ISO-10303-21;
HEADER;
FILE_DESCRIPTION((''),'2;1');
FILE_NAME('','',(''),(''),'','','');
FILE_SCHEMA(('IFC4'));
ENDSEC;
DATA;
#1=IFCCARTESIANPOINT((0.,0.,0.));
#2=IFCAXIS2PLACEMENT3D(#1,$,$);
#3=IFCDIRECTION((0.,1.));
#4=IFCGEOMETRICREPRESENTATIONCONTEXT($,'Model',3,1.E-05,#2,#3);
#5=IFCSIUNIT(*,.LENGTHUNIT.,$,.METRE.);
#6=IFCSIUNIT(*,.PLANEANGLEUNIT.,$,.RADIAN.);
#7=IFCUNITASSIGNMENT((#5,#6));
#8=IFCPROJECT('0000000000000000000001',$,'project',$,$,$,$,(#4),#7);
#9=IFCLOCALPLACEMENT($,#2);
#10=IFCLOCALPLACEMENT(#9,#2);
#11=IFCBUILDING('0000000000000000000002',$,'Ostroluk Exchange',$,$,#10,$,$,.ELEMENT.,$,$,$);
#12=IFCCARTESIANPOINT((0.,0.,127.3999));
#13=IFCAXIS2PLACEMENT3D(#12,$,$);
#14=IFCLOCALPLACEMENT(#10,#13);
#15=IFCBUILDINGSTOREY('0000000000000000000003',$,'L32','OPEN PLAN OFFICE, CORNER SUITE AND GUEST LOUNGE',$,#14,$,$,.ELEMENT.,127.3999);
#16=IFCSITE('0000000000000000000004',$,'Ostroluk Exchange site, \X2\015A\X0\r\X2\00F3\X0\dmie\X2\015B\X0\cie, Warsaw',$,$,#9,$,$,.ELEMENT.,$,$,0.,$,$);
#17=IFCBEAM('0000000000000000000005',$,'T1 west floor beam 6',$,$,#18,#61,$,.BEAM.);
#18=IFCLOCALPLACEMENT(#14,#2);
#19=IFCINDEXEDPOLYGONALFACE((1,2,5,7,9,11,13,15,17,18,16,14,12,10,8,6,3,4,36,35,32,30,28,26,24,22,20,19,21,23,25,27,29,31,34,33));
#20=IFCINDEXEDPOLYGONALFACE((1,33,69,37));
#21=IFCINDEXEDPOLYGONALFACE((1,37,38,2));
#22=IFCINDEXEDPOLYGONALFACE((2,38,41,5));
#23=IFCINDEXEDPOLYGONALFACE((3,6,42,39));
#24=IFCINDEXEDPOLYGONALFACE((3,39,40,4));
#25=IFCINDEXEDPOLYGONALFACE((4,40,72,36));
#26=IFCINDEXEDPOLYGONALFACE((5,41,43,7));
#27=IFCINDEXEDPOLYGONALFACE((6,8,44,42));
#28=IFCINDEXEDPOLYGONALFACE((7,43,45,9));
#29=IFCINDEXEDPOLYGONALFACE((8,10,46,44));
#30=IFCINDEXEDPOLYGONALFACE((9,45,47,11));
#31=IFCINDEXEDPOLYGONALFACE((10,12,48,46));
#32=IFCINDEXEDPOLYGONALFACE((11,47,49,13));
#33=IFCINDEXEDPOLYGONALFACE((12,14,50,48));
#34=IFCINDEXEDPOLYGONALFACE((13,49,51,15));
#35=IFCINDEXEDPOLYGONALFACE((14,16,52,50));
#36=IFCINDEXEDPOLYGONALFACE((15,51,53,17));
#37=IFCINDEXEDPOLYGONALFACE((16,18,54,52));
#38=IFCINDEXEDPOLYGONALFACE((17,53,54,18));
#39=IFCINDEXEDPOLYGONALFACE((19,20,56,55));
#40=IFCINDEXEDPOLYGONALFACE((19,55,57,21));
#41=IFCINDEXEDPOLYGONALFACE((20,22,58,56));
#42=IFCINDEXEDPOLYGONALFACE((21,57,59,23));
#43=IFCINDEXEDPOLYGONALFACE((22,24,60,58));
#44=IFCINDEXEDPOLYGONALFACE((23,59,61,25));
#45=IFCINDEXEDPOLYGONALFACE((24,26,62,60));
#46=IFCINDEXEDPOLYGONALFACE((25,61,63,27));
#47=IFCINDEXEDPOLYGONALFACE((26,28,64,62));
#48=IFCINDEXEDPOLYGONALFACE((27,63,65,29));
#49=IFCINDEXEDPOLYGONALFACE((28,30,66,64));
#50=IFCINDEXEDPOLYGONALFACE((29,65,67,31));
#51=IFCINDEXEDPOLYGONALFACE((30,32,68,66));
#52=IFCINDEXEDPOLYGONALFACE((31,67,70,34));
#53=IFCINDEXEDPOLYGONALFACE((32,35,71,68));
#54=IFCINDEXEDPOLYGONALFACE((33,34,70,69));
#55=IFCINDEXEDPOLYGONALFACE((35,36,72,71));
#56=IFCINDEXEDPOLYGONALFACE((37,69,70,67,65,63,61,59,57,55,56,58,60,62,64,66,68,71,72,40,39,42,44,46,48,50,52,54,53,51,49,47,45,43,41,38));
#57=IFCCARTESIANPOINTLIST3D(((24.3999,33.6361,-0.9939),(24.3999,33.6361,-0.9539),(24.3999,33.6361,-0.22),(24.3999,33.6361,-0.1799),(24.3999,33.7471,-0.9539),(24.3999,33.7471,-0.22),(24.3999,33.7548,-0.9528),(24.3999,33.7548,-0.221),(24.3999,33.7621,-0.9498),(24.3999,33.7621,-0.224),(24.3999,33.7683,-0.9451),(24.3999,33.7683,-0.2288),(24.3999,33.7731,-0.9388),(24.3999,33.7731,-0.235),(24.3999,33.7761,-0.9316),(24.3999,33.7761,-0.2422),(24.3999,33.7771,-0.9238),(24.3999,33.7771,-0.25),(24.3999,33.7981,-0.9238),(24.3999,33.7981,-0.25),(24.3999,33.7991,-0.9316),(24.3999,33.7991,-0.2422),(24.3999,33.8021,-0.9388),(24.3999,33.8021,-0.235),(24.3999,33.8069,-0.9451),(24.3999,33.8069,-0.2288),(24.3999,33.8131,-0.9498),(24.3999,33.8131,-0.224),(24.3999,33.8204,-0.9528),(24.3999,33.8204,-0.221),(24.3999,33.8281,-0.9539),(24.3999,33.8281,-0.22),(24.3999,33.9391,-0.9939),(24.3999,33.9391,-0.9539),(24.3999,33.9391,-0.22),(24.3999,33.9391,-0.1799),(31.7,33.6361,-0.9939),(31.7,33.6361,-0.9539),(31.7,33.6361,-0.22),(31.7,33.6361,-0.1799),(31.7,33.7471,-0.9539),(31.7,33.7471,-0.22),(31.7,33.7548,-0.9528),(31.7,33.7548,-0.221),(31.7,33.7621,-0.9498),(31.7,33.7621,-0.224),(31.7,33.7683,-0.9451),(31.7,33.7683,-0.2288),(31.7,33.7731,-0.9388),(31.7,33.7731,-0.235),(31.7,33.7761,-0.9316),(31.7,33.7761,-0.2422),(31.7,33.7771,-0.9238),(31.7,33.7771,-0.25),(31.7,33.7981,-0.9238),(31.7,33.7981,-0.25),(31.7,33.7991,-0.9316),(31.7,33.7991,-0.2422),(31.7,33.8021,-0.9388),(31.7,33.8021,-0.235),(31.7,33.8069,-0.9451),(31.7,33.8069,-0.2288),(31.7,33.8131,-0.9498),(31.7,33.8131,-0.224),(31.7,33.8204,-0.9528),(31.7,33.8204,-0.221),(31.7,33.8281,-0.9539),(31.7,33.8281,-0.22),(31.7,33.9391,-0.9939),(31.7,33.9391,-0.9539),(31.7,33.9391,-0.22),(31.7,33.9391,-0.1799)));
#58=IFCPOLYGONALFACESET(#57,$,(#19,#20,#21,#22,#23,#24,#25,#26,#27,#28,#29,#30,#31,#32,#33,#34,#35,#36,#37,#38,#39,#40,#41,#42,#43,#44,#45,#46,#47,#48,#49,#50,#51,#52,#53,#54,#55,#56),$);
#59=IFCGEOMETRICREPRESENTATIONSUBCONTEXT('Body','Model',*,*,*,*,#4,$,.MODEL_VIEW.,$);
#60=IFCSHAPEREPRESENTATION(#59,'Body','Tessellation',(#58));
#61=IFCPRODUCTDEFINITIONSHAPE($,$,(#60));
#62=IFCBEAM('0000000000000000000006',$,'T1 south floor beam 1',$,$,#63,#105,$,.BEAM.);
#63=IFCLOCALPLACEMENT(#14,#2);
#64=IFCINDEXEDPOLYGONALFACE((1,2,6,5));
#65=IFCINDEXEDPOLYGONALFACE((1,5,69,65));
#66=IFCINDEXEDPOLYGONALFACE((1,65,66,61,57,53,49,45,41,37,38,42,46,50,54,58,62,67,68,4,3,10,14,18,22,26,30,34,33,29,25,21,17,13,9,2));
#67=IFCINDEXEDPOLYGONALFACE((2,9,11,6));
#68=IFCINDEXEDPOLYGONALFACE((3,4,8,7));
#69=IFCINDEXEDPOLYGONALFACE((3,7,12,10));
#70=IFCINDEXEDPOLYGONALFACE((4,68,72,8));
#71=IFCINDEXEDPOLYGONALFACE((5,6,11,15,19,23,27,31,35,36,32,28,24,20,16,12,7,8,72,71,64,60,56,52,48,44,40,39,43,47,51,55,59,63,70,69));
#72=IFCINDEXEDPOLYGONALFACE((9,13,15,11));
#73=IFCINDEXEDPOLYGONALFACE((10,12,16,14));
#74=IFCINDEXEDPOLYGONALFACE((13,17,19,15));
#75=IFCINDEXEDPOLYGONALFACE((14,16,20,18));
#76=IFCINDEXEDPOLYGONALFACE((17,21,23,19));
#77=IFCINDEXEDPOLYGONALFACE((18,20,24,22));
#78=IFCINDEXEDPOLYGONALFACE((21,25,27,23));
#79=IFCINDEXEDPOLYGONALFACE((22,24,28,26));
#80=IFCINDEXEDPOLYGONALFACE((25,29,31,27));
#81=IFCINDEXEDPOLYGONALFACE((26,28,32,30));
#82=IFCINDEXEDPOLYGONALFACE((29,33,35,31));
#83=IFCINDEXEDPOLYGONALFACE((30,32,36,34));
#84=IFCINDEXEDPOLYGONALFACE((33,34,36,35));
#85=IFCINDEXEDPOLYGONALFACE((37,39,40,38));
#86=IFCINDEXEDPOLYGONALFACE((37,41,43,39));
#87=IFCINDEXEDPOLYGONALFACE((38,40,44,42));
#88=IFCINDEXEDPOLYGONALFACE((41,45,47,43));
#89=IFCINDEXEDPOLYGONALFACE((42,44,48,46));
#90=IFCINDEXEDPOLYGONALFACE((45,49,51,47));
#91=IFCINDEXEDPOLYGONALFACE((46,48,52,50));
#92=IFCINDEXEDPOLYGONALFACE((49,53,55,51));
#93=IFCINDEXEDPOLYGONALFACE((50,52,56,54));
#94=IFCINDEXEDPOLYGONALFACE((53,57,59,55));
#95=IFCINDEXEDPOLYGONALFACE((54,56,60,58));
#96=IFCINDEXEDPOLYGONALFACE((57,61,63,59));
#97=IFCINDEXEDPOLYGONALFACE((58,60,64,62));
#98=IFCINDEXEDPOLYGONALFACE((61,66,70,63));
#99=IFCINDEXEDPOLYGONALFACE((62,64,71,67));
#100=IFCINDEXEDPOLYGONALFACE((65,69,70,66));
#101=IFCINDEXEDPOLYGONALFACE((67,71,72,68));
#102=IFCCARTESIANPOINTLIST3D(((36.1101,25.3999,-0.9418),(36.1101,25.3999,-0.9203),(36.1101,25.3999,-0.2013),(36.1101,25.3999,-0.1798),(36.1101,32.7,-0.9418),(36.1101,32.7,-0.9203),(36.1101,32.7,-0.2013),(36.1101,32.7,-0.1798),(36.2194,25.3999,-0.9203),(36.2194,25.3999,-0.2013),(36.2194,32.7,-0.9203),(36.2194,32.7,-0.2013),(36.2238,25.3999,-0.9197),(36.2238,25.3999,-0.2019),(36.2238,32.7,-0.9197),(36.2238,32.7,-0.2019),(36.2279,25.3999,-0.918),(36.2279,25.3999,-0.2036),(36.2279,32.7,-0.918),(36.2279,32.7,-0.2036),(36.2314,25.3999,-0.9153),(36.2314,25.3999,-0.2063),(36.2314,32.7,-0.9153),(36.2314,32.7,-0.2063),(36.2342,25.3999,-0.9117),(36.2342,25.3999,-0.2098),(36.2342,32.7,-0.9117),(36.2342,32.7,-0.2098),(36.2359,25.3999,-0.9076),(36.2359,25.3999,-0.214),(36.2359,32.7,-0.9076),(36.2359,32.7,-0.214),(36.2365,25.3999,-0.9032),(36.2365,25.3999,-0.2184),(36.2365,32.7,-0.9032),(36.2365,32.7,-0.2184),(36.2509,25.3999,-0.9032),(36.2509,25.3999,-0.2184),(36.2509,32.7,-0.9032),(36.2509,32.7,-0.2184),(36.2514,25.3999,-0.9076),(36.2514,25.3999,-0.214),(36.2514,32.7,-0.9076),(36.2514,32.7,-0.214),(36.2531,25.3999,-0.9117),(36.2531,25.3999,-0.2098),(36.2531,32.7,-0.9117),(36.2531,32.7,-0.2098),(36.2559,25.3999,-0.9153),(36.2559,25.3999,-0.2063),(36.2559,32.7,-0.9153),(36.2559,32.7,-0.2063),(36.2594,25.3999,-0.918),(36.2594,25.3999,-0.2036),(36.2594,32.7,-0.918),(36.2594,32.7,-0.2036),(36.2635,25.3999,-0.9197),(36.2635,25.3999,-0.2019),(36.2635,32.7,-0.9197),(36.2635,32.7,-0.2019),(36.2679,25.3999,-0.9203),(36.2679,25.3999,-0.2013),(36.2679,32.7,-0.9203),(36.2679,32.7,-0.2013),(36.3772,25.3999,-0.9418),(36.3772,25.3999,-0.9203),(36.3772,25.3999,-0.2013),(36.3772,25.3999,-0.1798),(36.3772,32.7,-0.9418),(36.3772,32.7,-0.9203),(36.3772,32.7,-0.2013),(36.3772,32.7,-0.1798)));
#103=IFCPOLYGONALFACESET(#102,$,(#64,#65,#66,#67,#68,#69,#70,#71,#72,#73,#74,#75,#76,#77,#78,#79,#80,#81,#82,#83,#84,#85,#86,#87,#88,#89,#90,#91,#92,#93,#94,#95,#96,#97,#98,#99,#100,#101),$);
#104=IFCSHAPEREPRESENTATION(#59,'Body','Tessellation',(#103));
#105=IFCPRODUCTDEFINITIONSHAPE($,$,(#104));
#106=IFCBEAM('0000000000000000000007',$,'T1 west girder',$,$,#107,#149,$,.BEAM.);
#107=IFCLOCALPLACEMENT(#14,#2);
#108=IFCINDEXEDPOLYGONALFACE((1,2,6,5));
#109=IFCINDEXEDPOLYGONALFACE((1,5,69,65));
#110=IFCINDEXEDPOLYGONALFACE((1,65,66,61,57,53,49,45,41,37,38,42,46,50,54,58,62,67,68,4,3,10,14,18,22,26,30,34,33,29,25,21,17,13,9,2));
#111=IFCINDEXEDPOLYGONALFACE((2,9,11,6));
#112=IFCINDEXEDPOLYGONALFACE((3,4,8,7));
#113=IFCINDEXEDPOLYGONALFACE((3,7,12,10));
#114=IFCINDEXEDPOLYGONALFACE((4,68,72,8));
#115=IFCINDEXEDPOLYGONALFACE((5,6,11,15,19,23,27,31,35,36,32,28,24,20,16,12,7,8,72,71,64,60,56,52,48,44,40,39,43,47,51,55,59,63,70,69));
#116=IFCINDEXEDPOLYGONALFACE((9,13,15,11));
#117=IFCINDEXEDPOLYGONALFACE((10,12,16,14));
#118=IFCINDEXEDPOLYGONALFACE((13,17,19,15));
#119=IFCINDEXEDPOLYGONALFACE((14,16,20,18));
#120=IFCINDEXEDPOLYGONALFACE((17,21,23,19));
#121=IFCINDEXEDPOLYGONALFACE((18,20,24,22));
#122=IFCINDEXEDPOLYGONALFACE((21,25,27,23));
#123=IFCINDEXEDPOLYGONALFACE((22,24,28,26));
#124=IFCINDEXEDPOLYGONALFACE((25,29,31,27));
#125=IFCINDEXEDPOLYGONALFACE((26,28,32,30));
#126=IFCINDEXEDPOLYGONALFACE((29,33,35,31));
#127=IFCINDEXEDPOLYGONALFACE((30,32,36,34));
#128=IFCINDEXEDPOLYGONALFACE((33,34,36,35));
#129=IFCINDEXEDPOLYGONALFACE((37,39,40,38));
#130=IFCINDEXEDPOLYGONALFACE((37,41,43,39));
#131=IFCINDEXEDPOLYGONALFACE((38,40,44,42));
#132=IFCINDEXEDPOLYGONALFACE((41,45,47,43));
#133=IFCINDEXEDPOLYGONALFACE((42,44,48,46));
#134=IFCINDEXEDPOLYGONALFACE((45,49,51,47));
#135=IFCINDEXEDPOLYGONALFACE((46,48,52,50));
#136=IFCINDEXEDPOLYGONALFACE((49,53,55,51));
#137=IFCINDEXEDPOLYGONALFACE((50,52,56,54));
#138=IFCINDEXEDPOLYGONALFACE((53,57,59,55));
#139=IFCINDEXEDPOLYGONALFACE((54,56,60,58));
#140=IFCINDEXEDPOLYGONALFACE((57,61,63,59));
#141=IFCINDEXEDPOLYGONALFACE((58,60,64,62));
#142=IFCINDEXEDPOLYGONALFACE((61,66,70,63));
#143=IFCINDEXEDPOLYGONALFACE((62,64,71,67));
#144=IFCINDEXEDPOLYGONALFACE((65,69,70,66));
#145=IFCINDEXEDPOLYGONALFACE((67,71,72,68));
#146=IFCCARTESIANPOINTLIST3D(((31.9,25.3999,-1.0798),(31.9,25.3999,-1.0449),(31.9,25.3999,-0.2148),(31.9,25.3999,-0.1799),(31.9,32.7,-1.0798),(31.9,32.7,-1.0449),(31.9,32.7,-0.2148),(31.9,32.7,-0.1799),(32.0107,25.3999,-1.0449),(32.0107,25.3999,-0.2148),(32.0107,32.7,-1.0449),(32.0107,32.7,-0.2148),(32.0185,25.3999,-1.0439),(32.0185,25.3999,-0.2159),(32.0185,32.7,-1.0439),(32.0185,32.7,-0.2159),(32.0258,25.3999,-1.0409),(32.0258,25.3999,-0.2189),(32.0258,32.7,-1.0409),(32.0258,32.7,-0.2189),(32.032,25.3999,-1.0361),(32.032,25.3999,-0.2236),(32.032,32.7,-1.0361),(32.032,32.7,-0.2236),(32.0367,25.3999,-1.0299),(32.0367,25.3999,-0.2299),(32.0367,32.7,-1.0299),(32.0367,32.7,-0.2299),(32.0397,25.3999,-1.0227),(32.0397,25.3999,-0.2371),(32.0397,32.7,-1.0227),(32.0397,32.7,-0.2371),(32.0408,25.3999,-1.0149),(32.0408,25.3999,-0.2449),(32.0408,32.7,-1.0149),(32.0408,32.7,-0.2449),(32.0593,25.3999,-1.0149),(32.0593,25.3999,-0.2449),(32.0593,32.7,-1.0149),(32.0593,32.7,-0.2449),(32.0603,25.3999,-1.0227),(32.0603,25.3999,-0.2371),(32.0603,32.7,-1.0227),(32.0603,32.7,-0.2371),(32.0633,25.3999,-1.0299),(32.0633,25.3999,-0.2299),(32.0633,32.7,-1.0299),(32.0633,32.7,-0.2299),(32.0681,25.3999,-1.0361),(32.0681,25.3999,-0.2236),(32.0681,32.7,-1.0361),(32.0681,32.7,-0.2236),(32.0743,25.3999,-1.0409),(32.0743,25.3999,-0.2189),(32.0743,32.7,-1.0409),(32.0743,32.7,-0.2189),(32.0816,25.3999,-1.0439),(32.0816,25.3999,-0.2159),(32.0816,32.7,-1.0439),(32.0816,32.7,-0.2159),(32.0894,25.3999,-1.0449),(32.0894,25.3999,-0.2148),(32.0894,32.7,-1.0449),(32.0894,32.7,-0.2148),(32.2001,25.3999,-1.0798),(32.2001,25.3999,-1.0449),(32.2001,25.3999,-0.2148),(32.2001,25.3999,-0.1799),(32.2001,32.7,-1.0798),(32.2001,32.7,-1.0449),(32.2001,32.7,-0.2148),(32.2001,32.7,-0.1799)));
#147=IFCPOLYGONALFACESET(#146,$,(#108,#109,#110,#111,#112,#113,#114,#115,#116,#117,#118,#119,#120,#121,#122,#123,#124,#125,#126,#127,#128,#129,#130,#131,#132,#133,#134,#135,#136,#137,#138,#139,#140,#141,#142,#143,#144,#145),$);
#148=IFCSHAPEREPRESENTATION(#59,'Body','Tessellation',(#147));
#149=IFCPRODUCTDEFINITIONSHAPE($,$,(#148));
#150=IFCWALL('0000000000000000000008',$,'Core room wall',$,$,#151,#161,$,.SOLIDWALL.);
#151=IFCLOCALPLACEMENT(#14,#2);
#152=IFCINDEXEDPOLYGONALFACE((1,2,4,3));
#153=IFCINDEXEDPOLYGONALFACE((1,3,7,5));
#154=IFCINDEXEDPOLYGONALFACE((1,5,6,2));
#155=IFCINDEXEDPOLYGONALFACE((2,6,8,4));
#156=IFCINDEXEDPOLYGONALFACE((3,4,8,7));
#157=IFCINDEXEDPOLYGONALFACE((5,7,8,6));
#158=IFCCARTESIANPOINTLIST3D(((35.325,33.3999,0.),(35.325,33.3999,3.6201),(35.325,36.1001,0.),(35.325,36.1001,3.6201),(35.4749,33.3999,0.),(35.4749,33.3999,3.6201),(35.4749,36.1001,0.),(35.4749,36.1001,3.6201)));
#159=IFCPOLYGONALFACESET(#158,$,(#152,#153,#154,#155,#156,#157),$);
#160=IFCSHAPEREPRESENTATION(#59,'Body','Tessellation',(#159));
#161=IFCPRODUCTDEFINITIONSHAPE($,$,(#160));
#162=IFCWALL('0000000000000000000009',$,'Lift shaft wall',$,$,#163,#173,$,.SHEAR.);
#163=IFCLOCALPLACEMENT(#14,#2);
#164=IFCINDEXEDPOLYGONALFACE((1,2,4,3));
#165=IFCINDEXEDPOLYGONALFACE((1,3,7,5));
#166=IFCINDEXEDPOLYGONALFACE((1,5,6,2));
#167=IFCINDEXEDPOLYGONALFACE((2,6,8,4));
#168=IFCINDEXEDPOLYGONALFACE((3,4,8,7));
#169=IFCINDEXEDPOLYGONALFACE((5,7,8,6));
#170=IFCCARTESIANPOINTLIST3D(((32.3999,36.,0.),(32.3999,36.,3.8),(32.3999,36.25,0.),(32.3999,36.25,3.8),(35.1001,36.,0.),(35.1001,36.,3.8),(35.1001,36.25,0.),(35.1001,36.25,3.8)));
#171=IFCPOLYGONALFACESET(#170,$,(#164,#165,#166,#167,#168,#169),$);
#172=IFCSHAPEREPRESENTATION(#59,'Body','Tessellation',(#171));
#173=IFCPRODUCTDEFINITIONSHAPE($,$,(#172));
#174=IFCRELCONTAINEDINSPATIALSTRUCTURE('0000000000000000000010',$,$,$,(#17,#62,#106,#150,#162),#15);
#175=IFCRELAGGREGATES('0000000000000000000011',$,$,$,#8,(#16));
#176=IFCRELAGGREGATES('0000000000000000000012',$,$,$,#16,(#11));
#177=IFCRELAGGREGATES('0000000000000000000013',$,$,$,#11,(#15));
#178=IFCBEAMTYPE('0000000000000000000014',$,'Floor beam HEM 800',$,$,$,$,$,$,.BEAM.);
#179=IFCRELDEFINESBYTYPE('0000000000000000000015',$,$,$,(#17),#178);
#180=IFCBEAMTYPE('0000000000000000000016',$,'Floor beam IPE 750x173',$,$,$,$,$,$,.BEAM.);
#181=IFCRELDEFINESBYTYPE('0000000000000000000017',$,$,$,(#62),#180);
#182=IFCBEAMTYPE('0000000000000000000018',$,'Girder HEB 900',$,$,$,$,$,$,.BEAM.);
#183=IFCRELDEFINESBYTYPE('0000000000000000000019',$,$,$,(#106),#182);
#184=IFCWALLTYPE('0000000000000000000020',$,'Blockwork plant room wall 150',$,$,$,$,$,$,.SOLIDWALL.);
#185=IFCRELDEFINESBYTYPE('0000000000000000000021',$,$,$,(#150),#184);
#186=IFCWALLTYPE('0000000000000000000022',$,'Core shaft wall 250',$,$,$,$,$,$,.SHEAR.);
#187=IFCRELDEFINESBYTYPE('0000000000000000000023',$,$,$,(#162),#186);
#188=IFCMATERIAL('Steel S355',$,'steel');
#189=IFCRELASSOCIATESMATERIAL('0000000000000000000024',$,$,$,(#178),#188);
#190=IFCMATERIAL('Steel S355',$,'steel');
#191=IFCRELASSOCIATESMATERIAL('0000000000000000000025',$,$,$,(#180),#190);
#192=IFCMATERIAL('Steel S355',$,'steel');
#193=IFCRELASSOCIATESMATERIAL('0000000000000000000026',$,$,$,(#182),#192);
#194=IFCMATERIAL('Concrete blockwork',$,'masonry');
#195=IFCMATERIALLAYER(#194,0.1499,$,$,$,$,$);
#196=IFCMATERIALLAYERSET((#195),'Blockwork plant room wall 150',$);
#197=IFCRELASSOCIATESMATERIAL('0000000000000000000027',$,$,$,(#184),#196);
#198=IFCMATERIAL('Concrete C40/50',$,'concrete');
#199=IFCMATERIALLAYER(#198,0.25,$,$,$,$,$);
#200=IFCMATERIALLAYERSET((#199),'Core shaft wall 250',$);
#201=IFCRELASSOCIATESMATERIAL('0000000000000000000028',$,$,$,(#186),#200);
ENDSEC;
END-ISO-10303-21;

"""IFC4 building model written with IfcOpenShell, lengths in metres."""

from ifc_helpers import new_model, si_unit, direction, frame, frame_2d, origin, origin_2d, place, context, subcontext, project, spatial, rectangle, i_section, extrude, material, layer, layer_set, material_profile, profile_set, type_object, element, save


model = new_model("IFC4")

# Units and contexts
model_context = context("Model", 3, precision=1e-05, world=origin(), true_north=direction((0.0, 1.0)))
body_context = subcontext(model_context, "Body", "Model", "MODEL_VIEW")
ifc_project = project(units=[si_unit("LENGTHUNIT", "METRE"), si_unit("PLANEANGLEUNIT", "RADIAN")], contexts=[model_context])

# Site, building, storey
site_placement = place(None, origin())
site = spatial("IfcSite", under=ifc_project, at=site_placement, Name="Ostroluk Exchange site, Śródmieście, Warsaw", CompositionType="ELEMENT", RefElevation=0.0)
building_placement = place(site_placement, origin())
building = spatial("IfcBuilding", under=site, at=building_placement, Name="Ostroluk Exchange", CompositionType="ELEMENT")
storey_placement = place(building_placement, frame((0.0, 0.0, 127.3999)))
storey = spatial("IfcBuildingStorey", under=building, at=storey_placement, Name="L32", Description="OPEN PLAN OFFICE, CORNER SUITE AND GUEST LOUNGE", CompositionType="ELEMENT", Elevation=127.3999)

# Beams
ifc_material_1 = material(Name="Steel S355", Category="steel")
ifc_material_profile_1 = material_profile(ifc_material_1, i_section(OverallWidth=0.303, OverallDepth=0.814, WebThickness=0.021, FlangeThickness=0.04, FilletRadius=0.03, at=origin_2d()), Name="HEM 800")
ifc_profile_set_1 = profile_set([ifc_material_profile_1], Name="Steel S355")
beam_type_1 = type_object("IfcBeamType", Name="Floor beam HEM 800", PredefinedType="BEAM", material=ifc_profile_set_1)
beam_1_placement = place(storey_placement, frame((31.7, 33.7876, -0.5869), z_axis=(-1.0, 0.0, 0.0), x_axis=(0.0, -1.0, 0.0)))
element("IfcBeam", 1, at=beam_1_placement, inside=storey, type_object=beam_type_1, Name="T1 west floor beam 6", PredefinedType="BEAM", context=body_context, shape_type="SweptSolid", body=[
    extrude(i_section(OverallWidth=0.303, OverallDepth=0.814, WebThickness=0.021, FlangeThickness=0.04, FilletRadius=0.03, at=origin_2d()), origin(), (0.0, 0.0, 1.0), 7.3),
])
ifc_material_2 = material(Name="Steel S355", Category="steel")
ifc_material_profile_2 = material_profile(ifc_material_2, i_section(OverallWidth=0.2671, OverallDepth=0.762, WebThickness=0.0144, FlangeThickness=0.0215, FilletRadius=0.0171, at=origin_2d()), Name="IPE 750x173")
ifc_profile_set_2 = profile_set([ifc_material_profile_2], Name="Steel S355")
beam_type_2 = type_object("IfcBeamType", Name="Floor beam IPE 750x173", PredefinedType="BEAM", material=ifc_profile_set_2)
beam_2_placement = place(storey_placement, frame((36.2437, 32.7, -0.5608), z_axis=(0.0, -1.0, 0.0), x_axis=(1.0, 0.0, 0.0)))
element("IfcBeam", 2, at=beam_2_placement, inside=storey, type_object=beam_type_2, Name="T1 south floor beam 1", PredefinedType="BEAM", context=body_context, shape_type="SweptSolid", body=[
    extrude(i_section(OverallWidth=0.2671, OverallDepth=0.762, WebThickness=0.0144, FlangeThickness=0.0215, FilletRadius=0.0171, at=origin_2d()), origin(), (0.0, 0.0, 1.0), 7.3),
])
ifc_material_3 = material(Name="Steel S355", Category="steel")
ifc_material_profile_3 = material_profile(ifc_material_3, i_section(OverallWidth=0.3, OverallDepth=0.8999, WebThickness=0.0186, FlangeThickness=0.0349, FilletRadius=0.03, at=origin_2d()), Name="HEB 900")
ifc_profile_set_3 = profile_set([ifc_material_profile_3], Name="Steel S355")
beam_type_3 = type_object("IfcBeamType", Name="Girder HEB 900", PredefinedType="BEAM", material=ifc_profile_set_3)
beam_3_placement = place(storey_placement, frame((32.05, 32.7, -0.6299), z_axis=(0.0, -1.0, 0.0), x_axis=(1.0, 0.0, 0.0)))
element("IfcBeam", 3, at=beam_3_placement, inside=storey, type_object=beam_type_3, Name="T1 west girder", PredefinedType="BEAM", context=body_context, shape_type="SweptSolid", body=[
    extrude(i_section(OverallWidth=0.3, OverallDepth=0.8999, WebThickness=0.0186, FlangeThickness=0.0349, FilletRadius=0.03, at=origin_2d()), origin(), (0.0, 0.0, 1.0), 7.3),
])

# Walls
ifc_material_4 = material(Name="Concrete blockwork", Category="masonry")
ifc_layer_1 = layer(ifc_material_4, 0.1499)
ifc_layer_set_1 = layer_set([ifc_layer_1], Name="Blockwork plant room wall 150")
wall_type_1 = type_object("IfcWallType", Name="Blockwork plant room wall 150", PredefinedType="SOLIDWALL", material=ifc_layer_set_1)
wall_1_placement = place(storey_placement, frame((35.3999, 33.3999, 0.0), z_axis=(0.0, 0.0, 1.0), x_axis=(0.0, 1.0, 0.0)))
element("IfcWall", 4, at=wall_1_placement, inside=storey, type_object=wall_type_1, Name="Core room wall", PredefinedType="SOLIDWALL", context=body_context, shape_type="SweptSolid", body=[
    extrude(rectangle(XDim=2.7002, YDim=0.1499, at=frame_2d((1.3501, 0.0))), origin(), (0.0, 0.0, 1.0), 3.6201),
])
ifc_material_5 = material(Name="Concrete C40/50", Category="concrete")
ifc_layer_2 = layer(ifc_material_5, 0.25)
ifc_layer_set_2 = layer_set([ifc_layer_2], Name="Core shaft wall 250")
wall_type_2 = type_object("IfcWallType", Name="Core shaft wall 250", PredefinedType="SHEAR", material=ifc_layer_set_2)
wall_2_placement = place(storey_placement, frame((32.3999, 36.125, 0.0), z_axis=(0.0, 0.0, 1.0), x_axis=(1.0, 0.0, 0.0)))
element("IfcWall", 5, at=wall_2_placement, inside=storey, type_object=wall_type_2, Name="Lift shaft wall", PredefinedType="SHEAR", context=body_context, shape_type="SweptSolid", body=[
    extrude(rectangle(XDim=2.7002, YDim=0.25, at=frame_2d((1.3501, 0.0))), origin(), (0.0, 0.0, 1.0), 3.8),
])

save(model, "model.ifc")
